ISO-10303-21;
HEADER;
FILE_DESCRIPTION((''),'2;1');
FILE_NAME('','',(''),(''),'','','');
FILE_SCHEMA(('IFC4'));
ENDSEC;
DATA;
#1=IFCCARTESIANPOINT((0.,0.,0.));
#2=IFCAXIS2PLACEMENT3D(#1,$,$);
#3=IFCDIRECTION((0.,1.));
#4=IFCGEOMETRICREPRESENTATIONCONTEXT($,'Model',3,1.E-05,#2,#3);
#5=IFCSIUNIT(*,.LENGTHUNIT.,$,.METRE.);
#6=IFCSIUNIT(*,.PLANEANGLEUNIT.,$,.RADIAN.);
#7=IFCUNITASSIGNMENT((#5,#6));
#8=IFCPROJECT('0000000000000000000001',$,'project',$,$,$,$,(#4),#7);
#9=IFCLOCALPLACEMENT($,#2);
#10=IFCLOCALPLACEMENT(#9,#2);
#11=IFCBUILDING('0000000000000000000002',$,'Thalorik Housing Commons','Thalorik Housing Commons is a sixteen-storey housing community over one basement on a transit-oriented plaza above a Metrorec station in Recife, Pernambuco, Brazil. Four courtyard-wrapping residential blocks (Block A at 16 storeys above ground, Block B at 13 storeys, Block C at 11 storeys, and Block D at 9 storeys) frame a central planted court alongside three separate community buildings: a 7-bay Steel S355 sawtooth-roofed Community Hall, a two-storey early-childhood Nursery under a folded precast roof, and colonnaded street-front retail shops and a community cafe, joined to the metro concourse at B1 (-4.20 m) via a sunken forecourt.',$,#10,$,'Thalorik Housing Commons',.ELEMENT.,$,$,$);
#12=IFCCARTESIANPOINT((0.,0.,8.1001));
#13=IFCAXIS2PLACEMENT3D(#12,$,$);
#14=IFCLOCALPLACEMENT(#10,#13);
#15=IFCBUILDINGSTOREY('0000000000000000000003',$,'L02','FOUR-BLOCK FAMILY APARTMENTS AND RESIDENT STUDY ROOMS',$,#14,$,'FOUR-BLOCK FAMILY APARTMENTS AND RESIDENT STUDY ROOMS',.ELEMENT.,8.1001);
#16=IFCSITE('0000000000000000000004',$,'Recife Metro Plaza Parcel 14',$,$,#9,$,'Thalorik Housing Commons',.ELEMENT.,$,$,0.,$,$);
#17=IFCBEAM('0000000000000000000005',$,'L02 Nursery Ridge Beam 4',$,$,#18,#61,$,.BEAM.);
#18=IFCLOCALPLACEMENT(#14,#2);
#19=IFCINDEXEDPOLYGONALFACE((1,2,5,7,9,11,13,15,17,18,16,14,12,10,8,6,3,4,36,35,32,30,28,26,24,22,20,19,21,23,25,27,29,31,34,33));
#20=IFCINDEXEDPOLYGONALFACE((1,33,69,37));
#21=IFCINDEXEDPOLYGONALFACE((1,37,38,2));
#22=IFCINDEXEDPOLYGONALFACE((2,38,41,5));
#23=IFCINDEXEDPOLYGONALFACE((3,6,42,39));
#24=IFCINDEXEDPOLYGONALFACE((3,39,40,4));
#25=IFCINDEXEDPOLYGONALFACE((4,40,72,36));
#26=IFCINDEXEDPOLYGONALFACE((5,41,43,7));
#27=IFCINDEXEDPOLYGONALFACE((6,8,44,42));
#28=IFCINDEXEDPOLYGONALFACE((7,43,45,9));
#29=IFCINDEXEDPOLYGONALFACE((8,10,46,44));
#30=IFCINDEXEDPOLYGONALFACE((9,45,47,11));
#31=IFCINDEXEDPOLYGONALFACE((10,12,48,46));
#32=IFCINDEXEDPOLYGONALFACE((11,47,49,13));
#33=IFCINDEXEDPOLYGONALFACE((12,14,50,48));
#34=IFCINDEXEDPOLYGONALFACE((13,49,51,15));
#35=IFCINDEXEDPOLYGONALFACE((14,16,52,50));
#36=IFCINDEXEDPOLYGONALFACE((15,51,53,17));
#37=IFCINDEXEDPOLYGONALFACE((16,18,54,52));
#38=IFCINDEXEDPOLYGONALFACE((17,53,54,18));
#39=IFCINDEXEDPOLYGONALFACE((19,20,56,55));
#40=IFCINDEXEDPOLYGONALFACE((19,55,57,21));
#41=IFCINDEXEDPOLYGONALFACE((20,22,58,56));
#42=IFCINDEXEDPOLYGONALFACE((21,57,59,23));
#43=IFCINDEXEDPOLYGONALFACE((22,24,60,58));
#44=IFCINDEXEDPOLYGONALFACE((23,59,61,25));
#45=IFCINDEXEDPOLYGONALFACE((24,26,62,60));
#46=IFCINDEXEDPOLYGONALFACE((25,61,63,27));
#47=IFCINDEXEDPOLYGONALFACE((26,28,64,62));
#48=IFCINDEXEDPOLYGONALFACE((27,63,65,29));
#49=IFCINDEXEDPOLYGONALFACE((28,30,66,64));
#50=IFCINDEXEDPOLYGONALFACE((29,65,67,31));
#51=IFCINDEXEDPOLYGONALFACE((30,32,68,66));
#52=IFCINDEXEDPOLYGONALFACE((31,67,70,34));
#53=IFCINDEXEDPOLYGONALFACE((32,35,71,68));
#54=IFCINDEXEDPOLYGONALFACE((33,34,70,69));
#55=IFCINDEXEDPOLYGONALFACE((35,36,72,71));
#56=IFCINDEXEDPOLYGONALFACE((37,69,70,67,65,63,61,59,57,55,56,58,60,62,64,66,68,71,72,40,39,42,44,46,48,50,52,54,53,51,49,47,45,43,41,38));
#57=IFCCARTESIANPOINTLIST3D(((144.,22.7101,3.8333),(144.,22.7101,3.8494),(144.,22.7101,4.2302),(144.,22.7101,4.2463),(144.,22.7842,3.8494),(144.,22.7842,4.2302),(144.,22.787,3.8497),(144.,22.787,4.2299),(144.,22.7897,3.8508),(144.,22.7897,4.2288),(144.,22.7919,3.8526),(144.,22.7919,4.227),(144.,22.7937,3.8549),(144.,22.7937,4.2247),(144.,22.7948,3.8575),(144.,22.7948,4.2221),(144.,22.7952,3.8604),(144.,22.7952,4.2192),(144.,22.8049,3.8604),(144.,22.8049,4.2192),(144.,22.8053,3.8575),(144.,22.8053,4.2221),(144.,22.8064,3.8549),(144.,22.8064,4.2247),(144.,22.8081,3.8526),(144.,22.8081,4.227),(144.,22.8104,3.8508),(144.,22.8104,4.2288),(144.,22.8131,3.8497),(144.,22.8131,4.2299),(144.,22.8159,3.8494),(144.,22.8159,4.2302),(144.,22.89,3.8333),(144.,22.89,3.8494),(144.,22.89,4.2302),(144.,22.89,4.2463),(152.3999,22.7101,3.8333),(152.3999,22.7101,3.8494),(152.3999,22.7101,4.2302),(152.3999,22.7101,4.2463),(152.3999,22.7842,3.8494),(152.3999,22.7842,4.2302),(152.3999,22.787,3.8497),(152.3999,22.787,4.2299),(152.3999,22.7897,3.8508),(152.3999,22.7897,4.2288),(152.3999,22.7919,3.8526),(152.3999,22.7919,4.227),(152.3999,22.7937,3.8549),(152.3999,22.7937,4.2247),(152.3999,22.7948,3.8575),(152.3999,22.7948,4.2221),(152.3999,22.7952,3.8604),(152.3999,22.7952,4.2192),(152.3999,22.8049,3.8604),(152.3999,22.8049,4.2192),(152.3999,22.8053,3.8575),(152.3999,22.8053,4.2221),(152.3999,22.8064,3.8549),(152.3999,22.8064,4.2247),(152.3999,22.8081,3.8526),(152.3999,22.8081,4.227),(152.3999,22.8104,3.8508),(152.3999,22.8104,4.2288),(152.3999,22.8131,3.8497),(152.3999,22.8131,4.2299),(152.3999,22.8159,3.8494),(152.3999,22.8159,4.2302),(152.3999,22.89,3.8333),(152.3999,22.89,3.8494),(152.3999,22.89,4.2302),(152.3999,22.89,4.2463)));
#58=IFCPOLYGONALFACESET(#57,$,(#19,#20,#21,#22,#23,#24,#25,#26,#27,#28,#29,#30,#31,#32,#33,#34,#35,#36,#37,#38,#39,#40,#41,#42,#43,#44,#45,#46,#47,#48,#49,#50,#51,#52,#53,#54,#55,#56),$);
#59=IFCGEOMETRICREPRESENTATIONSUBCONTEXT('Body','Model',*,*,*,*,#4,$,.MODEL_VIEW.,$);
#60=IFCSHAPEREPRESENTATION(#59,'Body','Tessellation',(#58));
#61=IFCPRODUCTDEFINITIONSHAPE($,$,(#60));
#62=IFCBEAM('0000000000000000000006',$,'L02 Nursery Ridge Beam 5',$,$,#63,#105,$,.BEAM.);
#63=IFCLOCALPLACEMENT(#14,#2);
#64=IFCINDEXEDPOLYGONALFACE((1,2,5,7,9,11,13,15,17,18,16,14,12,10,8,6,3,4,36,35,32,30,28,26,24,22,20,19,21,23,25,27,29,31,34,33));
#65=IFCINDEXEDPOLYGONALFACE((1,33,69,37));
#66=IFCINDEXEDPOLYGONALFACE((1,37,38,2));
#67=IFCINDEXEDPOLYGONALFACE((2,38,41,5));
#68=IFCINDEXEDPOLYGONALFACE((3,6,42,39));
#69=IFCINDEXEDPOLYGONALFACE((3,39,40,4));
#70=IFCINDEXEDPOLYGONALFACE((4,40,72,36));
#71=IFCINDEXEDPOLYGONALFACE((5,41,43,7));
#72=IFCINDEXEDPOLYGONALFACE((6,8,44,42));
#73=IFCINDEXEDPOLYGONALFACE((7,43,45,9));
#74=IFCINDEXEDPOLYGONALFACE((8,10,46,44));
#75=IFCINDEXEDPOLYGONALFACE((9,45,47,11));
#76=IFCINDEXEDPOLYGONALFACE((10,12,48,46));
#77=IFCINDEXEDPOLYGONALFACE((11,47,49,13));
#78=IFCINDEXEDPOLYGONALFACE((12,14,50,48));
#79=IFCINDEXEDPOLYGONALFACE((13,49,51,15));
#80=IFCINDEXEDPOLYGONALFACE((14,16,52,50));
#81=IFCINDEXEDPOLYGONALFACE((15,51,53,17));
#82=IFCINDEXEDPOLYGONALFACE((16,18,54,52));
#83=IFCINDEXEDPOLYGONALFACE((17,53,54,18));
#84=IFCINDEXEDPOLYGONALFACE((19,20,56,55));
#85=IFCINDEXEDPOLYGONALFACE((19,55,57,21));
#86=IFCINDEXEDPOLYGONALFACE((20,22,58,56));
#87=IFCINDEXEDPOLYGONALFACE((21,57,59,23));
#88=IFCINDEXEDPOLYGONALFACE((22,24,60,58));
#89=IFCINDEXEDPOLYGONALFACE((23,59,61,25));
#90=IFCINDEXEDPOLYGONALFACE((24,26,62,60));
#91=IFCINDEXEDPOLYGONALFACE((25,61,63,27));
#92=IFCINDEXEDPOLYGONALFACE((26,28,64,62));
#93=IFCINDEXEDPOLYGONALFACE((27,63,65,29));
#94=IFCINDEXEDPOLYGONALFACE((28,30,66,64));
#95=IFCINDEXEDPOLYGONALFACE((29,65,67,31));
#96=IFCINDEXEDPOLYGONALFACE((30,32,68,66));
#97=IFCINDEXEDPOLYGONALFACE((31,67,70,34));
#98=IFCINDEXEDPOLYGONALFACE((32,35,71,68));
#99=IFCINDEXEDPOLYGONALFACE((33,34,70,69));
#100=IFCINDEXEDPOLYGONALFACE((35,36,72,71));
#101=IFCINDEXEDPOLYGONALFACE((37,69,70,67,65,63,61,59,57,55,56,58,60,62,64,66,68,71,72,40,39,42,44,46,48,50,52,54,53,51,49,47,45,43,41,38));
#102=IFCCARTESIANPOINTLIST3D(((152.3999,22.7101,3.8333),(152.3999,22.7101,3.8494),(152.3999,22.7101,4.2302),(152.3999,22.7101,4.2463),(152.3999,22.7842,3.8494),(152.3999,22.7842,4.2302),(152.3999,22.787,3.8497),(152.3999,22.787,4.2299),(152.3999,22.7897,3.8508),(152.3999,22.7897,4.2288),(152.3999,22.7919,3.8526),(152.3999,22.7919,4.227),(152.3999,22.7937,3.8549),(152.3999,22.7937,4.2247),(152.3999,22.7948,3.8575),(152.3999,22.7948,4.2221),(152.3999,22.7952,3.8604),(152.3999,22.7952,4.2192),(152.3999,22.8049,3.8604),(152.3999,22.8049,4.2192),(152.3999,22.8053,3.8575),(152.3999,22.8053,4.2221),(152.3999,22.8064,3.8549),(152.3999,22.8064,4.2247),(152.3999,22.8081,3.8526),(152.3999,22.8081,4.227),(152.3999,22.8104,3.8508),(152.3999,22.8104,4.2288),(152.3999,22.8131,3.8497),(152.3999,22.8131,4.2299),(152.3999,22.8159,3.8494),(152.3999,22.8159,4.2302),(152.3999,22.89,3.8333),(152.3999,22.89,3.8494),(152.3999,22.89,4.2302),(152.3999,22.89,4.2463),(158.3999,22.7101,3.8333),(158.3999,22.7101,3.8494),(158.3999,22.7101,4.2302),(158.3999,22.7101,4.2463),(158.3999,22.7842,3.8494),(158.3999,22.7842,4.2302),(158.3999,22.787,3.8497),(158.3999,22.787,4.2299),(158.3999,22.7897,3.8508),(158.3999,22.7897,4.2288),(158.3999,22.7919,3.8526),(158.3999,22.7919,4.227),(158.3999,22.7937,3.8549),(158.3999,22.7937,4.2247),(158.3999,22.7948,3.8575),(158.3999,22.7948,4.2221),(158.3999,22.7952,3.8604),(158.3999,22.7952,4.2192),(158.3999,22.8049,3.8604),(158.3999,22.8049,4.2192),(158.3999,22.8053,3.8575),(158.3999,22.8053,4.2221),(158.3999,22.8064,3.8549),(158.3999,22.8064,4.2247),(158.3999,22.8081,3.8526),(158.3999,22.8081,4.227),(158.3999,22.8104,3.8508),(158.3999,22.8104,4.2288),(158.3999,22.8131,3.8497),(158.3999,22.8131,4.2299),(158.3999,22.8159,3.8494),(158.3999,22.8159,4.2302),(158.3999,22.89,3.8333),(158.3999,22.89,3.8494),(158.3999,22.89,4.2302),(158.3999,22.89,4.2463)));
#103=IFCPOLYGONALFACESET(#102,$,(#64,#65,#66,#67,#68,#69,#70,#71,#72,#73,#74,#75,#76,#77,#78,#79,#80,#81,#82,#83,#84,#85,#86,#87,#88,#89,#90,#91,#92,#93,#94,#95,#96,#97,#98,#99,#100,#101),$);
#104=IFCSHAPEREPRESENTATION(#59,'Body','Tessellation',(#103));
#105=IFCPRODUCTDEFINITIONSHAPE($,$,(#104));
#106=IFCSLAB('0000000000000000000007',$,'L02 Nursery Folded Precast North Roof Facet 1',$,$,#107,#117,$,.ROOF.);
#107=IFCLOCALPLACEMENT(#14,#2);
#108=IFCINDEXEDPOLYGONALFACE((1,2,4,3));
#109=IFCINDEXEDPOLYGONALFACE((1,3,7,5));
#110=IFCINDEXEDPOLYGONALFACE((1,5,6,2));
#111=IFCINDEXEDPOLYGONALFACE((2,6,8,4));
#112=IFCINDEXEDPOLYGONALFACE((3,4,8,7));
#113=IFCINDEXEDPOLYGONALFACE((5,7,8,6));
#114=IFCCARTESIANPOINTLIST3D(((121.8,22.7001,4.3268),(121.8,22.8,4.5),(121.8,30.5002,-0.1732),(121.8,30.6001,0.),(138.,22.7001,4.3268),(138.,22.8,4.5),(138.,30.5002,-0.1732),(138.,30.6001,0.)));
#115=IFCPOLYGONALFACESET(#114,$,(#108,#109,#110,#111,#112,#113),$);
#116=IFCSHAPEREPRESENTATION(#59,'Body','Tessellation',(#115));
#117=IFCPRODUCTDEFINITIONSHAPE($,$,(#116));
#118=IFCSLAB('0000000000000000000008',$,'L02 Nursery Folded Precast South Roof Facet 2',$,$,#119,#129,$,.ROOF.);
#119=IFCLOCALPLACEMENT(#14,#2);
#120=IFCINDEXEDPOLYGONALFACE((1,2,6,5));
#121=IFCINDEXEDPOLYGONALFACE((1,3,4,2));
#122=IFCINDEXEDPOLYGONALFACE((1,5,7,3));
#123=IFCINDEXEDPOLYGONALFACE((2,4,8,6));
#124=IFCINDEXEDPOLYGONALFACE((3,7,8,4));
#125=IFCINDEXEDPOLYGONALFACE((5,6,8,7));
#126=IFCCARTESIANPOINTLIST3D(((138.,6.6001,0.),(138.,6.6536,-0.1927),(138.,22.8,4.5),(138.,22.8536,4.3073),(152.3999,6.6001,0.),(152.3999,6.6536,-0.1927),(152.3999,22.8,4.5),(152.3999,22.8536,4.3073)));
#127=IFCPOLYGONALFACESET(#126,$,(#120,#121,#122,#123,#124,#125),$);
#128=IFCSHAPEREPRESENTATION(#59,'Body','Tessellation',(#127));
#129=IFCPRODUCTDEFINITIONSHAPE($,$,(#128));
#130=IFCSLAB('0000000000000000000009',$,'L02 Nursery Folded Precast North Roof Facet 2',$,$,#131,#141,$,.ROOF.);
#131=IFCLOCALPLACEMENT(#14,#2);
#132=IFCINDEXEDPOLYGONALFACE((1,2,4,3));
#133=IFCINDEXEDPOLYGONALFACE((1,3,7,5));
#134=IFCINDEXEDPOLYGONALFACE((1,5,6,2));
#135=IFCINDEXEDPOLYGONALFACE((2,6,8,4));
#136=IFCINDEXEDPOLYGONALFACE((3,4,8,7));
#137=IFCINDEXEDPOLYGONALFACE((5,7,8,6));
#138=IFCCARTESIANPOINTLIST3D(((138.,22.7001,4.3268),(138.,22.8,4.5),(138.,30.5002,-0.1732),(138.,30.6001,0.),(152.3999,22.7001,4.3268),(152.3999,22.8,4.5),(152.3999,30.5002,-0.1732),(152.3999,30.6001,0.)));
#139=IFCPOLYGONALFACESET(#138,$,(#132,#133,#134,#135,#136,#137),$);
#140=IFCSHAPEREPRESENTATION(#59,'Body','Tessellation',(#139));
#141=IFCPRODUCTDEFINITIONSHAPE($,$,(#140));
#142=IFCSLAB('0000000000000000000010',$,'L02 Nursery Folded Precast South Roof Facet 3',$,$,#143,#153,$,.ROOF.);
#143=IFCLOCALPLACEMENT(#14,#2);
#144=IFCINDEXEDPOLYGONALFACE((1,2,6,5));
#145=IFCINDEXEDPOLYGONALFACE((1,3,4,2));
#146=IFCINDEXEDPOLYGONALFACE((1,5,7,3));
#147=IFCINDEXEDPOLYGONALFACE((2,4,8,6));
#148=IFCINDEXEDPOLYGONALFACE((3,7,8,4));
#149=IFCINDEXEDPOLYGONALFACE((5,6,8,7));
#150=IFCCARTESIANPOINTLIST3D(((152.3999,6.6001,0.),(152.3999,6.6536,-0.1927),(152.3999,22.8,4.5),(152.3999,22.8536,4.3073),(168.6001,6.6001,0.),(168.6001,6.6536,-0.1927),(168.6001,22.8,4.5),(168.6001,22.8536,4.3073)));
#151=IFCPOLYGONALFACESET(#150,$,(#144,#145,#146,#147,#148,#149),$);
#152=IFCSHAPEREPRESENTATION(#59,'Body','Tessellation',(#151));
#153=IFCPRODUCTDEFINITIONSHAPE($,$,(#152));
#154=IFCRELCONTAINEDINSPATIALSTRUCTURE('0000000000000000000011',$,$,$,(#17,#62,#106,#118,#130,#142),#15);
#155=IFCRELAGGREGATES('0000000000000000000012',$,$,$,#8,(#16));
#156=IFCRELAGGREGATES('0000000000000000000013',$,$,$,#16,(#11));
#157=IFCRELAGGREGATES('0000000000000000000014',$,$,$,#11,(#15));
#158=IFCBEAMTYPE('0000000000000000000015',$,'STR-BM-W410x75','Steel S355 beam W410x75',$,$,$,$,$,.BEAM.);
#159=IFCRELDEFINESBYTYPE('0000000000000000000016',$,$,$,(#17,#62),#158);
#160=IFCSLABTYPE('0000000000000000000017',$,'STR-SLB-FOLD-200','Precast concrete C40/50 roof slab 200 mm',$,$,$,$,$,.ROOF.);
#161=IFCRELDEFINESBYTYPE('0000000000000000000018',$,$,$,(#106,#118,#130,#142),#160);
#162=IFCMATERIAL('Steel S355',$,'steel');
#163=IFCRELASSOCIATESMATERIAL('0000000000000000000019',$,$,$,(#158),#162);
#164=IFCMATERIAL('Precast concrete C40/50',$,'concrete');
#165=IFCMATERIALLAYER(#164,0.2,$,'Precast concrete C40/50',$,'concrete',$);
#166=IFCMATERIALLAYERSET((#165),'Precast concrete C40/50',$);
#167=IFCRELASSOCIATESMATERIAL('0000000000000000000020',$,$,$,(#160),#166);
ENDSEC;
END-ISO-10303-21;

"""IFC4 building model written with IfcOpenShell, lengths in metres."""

from ifc_helpers import new_model, si_unit, direction, frame, origin, origin_2d, place, context, subcontext, project, spatial, polyline, i_section, outline, extrude, material, layer, layer_set, material_profile, profile_set, type_object, element, save


model = new_model("IFC4")

# Units and contexts
model_context = context("Model", 3, precision=1e-05, world=origin(), true_north=direction((0.0, 1.0)))
body_context = subcontext(model_context, "Body", "Model", "MODEL_VIEW")
ifc_project = project(units=[si_unit("LENGTHUNIT", "METRE"), si_unit("PLANEANGLEUNIT", "RADIAN")], contexts=[model_context])

# Site, building, storey
site_placement = place(None, origin())
site = spatial("IfcSite", under=ifc_project, at=site_placement, Name="Recife Metro Plaza Parcel 14", LongName="Thalorik Housing Commons", CompositionType="ELEMENT", RefElevation=0.0)
building_placement = place(site_placement, origin())
building = spatial("IfcBuilding", under=site, at=building_placement, Name="Thalorik Housing Commons", Description="Thalorik Housing Commons is a sixteen-storey housing community over one basement on a transit-oriented plaza above a Metrorec station in Recife, Pernambuco, Brazil. Four courtyard-wrapping residential blocks (Block A at 16 storeys above ground, Block B at 13 storeys, Block C at 11 storeys, and Block D at 9 storeys) frame a central planted court alongside three separate community buildings: a 7-bay Steel S355 sawtooth-roofed Community Hall, a two-storey early-childhood Nursery under a folded precast roof, and colonnaded street-front retail shops and a community cafe, joined to the metro concourse at B1 (-4.20 m) via a sunken forecourt.", LongName="Thalorik Housing Commons", CompositionType="ELEMENT")
storey_placement = place(building_placement, frame((0.0, 0.0, 8.1001)))
storey = spatial("IfcBuildingStorey", under=building, at=storey_placement, Name="L02", Description="FOUR-BLOCK FAMILY APARTMENTS AND RESIDENT STUDY ROOMS", LongName="FOUR-BLOCK FAMILY APARTMENTS AND RESIDENT STUDY ROOMS", CompositionType="ELEMENT", Elevation=8.1001)

# Shared definitions
ifc_material_1 = material(Name="Precast concrete C40/50", Category="concrete")

# Beams
ifc_material_2 = material(Name="Steel S355", Category="steel")
ifc_material_profile_1 = material_profile(ifc_material_2, i_section(OverallWidth=0.1799, OverallDepth=0.4131, WebThickness=0.0098, FlangeThickness=0.0161, FilletRadius=0.011, at=origin_2d()), Name="W410x75", Category="steel")
ifc_profile_set_1 = profile_set([ifc_material_profile_1], Name="Steel S355")
beam_type_1 = type_object("IfcBeamType", Name="STR-BM-W410x75", Description="Steel S355 beam W410x75", PredefinedType="BEAM", material=ifc_profile_set_1)
beam_1_placement = place(storey_placement, frame((144.0, 22.8, 4.0398), z_axis=(1.0, 0.0, 0.0), x_axis=(0.0, 1.0, 0.0)))
element("IfcBeam", 1, at=beam_1_placement, inside=storey, type_object=beam_type_1, Name="L02 Nursery Ridge Beam 4", PredefinedType="BEAM", context=body_context, shape_type="SweptSolid", body=[
    extrude(i_section(OverallWidth=0.1799, OverallDepth=0.4131, WebThickness=0.0098, FlangeThickness=0.0161, FilletRadius=0.011, at=origin_2d()), origin(), (0.0, 0.0, 1.0), 8.3999),
])
beam_2_placement = place(storey_placement, frame((152.3999, 22.8, 4.0398), z_axis=(1.0, 0.0, 0.0), x_axis=(0.0, 1.0, 0.0)))
element("IfcBeam", 2, at=beam_2_placement, inside=storey, type_object=beam_type_1, Name="L02 Nursery Ridge Beam 5", PredefinedType="BEAM", context=body_context, shape_type="SweptSolid", body=[
    extrude(i_section(OverallWidth=0.1799, OverallDepth=0.4131, WebThickness=0.0098, FlangeThickness=0.0161, FilletRadius=0.011, at=origin_2d()), origin(), (0.0, 0.0, 1.0), 6.0),
])

# Slabs
ifc_layer_1 = layer(ifc_material_1, 0.2, Name="Precast concrete C40/50", Category="concrete")
ifc_layer_set_1 = layer_set([ifc_layer_1], Name="Precast concrete C40/50")
slab_type = type_object("IfcSlabType", Name="STR-SLB-FOLD-200", Description="Precast concrete C40/50 roof slab 200 mm", PredefinedType="ROOF", material=ifc_layer_set_1)
slab_1_placement = place(storey_placement, frame((138.0, 30.6001, 0.0), z_axis=(0.0, 0.49972, 0.866187), x_axis=(-1.0, 0.0, 0.0)))
element("IfcSlab", 3, at=slab_1_placement, inside=storey, type_object=slab_type, Name="L02 Nursery Folded Precast North Roof Facet 1", PredefinedType="ROOF", context=body_context, shape_type="SweptSolid", body=[
    extrude(outline(polyline([(0.0, 0.0), (16.2, 0.0), (16.2, 9.005), (0.0, 9.005), (0.0, 0.0)])), origin(), (0.0, 0.0, -1.0), 0.2),
])
slab_2_placement = place(storey_placement, frame((138.0, 6.6001, 0.0), z_axis=(0.0, -0.267645, 0.963518), x_axis=(1.0, 0.0, 0.0)))
element("IfcSlab", 4, at=slab_2_placement, inside=storey, type_object=slab_type, Name="L02 Nursery Folded Precast South Roof Facet 2", PredefinedType="ROOF", context=body_context, shape_type="SweptSolid", body=[
    extrude(outline(polyline([(0.0, 0.0), (14.3999, 0.0), (14.3999, 16.8133), (0.0, 16.8133), (0.0, 0.0)])), origin(), (0.0, 0.0, -1.0), 0.2),
])
slab_3_placement = place(storey_placement, frame((152.3999, 30.6001, 0.0), z_axis=(0.0, 0.49972, 0.866187), x_axis=(-1.0, 0.0, 0.0)))
element("IfcSlab", 5, at=slab_3_placement, inside=storey, type_object=slab_type, Name="L02 Nursery Folded Precast North Roof Facet 2", PredefinedType="ROOF", context=body_context, shape_type="SweptSolid", body=[
    extrude(outline(polyline([(0.0, 0.0), (14.3999, 0.0), (14.3999, 9.005), (0.0, 9.005), (0.0, 0.0)])), origin(), (0.0, 0.0, -1.0), 0.2),
])
slab_4_placement = place(storey_placement, frame((152.3999, 6.6001, 0.0), z_axis=(0.0, -0.267645, 0.963518), x_axis=(1.0, 0.0, 0.0)))
element("IfcSlab", 6, at=slab_4_placement, inside=storey, type_object=slab_type, Name="L02 Nursery Folded Precast South Roof Facet 3", PredefinedType="ROOF", context=body_context, shape_type="SweptSolid", body=[
    extrude(outline(polyline([(0.0, 0.0), (16.2002, 0.0), (16.2002, 16.8133), (0.0, 16.8133), (0.0, 0.0)])), origin(), (0.0, 0.0, -1.0), 0.2),
])

save(model, "model.ifc")
